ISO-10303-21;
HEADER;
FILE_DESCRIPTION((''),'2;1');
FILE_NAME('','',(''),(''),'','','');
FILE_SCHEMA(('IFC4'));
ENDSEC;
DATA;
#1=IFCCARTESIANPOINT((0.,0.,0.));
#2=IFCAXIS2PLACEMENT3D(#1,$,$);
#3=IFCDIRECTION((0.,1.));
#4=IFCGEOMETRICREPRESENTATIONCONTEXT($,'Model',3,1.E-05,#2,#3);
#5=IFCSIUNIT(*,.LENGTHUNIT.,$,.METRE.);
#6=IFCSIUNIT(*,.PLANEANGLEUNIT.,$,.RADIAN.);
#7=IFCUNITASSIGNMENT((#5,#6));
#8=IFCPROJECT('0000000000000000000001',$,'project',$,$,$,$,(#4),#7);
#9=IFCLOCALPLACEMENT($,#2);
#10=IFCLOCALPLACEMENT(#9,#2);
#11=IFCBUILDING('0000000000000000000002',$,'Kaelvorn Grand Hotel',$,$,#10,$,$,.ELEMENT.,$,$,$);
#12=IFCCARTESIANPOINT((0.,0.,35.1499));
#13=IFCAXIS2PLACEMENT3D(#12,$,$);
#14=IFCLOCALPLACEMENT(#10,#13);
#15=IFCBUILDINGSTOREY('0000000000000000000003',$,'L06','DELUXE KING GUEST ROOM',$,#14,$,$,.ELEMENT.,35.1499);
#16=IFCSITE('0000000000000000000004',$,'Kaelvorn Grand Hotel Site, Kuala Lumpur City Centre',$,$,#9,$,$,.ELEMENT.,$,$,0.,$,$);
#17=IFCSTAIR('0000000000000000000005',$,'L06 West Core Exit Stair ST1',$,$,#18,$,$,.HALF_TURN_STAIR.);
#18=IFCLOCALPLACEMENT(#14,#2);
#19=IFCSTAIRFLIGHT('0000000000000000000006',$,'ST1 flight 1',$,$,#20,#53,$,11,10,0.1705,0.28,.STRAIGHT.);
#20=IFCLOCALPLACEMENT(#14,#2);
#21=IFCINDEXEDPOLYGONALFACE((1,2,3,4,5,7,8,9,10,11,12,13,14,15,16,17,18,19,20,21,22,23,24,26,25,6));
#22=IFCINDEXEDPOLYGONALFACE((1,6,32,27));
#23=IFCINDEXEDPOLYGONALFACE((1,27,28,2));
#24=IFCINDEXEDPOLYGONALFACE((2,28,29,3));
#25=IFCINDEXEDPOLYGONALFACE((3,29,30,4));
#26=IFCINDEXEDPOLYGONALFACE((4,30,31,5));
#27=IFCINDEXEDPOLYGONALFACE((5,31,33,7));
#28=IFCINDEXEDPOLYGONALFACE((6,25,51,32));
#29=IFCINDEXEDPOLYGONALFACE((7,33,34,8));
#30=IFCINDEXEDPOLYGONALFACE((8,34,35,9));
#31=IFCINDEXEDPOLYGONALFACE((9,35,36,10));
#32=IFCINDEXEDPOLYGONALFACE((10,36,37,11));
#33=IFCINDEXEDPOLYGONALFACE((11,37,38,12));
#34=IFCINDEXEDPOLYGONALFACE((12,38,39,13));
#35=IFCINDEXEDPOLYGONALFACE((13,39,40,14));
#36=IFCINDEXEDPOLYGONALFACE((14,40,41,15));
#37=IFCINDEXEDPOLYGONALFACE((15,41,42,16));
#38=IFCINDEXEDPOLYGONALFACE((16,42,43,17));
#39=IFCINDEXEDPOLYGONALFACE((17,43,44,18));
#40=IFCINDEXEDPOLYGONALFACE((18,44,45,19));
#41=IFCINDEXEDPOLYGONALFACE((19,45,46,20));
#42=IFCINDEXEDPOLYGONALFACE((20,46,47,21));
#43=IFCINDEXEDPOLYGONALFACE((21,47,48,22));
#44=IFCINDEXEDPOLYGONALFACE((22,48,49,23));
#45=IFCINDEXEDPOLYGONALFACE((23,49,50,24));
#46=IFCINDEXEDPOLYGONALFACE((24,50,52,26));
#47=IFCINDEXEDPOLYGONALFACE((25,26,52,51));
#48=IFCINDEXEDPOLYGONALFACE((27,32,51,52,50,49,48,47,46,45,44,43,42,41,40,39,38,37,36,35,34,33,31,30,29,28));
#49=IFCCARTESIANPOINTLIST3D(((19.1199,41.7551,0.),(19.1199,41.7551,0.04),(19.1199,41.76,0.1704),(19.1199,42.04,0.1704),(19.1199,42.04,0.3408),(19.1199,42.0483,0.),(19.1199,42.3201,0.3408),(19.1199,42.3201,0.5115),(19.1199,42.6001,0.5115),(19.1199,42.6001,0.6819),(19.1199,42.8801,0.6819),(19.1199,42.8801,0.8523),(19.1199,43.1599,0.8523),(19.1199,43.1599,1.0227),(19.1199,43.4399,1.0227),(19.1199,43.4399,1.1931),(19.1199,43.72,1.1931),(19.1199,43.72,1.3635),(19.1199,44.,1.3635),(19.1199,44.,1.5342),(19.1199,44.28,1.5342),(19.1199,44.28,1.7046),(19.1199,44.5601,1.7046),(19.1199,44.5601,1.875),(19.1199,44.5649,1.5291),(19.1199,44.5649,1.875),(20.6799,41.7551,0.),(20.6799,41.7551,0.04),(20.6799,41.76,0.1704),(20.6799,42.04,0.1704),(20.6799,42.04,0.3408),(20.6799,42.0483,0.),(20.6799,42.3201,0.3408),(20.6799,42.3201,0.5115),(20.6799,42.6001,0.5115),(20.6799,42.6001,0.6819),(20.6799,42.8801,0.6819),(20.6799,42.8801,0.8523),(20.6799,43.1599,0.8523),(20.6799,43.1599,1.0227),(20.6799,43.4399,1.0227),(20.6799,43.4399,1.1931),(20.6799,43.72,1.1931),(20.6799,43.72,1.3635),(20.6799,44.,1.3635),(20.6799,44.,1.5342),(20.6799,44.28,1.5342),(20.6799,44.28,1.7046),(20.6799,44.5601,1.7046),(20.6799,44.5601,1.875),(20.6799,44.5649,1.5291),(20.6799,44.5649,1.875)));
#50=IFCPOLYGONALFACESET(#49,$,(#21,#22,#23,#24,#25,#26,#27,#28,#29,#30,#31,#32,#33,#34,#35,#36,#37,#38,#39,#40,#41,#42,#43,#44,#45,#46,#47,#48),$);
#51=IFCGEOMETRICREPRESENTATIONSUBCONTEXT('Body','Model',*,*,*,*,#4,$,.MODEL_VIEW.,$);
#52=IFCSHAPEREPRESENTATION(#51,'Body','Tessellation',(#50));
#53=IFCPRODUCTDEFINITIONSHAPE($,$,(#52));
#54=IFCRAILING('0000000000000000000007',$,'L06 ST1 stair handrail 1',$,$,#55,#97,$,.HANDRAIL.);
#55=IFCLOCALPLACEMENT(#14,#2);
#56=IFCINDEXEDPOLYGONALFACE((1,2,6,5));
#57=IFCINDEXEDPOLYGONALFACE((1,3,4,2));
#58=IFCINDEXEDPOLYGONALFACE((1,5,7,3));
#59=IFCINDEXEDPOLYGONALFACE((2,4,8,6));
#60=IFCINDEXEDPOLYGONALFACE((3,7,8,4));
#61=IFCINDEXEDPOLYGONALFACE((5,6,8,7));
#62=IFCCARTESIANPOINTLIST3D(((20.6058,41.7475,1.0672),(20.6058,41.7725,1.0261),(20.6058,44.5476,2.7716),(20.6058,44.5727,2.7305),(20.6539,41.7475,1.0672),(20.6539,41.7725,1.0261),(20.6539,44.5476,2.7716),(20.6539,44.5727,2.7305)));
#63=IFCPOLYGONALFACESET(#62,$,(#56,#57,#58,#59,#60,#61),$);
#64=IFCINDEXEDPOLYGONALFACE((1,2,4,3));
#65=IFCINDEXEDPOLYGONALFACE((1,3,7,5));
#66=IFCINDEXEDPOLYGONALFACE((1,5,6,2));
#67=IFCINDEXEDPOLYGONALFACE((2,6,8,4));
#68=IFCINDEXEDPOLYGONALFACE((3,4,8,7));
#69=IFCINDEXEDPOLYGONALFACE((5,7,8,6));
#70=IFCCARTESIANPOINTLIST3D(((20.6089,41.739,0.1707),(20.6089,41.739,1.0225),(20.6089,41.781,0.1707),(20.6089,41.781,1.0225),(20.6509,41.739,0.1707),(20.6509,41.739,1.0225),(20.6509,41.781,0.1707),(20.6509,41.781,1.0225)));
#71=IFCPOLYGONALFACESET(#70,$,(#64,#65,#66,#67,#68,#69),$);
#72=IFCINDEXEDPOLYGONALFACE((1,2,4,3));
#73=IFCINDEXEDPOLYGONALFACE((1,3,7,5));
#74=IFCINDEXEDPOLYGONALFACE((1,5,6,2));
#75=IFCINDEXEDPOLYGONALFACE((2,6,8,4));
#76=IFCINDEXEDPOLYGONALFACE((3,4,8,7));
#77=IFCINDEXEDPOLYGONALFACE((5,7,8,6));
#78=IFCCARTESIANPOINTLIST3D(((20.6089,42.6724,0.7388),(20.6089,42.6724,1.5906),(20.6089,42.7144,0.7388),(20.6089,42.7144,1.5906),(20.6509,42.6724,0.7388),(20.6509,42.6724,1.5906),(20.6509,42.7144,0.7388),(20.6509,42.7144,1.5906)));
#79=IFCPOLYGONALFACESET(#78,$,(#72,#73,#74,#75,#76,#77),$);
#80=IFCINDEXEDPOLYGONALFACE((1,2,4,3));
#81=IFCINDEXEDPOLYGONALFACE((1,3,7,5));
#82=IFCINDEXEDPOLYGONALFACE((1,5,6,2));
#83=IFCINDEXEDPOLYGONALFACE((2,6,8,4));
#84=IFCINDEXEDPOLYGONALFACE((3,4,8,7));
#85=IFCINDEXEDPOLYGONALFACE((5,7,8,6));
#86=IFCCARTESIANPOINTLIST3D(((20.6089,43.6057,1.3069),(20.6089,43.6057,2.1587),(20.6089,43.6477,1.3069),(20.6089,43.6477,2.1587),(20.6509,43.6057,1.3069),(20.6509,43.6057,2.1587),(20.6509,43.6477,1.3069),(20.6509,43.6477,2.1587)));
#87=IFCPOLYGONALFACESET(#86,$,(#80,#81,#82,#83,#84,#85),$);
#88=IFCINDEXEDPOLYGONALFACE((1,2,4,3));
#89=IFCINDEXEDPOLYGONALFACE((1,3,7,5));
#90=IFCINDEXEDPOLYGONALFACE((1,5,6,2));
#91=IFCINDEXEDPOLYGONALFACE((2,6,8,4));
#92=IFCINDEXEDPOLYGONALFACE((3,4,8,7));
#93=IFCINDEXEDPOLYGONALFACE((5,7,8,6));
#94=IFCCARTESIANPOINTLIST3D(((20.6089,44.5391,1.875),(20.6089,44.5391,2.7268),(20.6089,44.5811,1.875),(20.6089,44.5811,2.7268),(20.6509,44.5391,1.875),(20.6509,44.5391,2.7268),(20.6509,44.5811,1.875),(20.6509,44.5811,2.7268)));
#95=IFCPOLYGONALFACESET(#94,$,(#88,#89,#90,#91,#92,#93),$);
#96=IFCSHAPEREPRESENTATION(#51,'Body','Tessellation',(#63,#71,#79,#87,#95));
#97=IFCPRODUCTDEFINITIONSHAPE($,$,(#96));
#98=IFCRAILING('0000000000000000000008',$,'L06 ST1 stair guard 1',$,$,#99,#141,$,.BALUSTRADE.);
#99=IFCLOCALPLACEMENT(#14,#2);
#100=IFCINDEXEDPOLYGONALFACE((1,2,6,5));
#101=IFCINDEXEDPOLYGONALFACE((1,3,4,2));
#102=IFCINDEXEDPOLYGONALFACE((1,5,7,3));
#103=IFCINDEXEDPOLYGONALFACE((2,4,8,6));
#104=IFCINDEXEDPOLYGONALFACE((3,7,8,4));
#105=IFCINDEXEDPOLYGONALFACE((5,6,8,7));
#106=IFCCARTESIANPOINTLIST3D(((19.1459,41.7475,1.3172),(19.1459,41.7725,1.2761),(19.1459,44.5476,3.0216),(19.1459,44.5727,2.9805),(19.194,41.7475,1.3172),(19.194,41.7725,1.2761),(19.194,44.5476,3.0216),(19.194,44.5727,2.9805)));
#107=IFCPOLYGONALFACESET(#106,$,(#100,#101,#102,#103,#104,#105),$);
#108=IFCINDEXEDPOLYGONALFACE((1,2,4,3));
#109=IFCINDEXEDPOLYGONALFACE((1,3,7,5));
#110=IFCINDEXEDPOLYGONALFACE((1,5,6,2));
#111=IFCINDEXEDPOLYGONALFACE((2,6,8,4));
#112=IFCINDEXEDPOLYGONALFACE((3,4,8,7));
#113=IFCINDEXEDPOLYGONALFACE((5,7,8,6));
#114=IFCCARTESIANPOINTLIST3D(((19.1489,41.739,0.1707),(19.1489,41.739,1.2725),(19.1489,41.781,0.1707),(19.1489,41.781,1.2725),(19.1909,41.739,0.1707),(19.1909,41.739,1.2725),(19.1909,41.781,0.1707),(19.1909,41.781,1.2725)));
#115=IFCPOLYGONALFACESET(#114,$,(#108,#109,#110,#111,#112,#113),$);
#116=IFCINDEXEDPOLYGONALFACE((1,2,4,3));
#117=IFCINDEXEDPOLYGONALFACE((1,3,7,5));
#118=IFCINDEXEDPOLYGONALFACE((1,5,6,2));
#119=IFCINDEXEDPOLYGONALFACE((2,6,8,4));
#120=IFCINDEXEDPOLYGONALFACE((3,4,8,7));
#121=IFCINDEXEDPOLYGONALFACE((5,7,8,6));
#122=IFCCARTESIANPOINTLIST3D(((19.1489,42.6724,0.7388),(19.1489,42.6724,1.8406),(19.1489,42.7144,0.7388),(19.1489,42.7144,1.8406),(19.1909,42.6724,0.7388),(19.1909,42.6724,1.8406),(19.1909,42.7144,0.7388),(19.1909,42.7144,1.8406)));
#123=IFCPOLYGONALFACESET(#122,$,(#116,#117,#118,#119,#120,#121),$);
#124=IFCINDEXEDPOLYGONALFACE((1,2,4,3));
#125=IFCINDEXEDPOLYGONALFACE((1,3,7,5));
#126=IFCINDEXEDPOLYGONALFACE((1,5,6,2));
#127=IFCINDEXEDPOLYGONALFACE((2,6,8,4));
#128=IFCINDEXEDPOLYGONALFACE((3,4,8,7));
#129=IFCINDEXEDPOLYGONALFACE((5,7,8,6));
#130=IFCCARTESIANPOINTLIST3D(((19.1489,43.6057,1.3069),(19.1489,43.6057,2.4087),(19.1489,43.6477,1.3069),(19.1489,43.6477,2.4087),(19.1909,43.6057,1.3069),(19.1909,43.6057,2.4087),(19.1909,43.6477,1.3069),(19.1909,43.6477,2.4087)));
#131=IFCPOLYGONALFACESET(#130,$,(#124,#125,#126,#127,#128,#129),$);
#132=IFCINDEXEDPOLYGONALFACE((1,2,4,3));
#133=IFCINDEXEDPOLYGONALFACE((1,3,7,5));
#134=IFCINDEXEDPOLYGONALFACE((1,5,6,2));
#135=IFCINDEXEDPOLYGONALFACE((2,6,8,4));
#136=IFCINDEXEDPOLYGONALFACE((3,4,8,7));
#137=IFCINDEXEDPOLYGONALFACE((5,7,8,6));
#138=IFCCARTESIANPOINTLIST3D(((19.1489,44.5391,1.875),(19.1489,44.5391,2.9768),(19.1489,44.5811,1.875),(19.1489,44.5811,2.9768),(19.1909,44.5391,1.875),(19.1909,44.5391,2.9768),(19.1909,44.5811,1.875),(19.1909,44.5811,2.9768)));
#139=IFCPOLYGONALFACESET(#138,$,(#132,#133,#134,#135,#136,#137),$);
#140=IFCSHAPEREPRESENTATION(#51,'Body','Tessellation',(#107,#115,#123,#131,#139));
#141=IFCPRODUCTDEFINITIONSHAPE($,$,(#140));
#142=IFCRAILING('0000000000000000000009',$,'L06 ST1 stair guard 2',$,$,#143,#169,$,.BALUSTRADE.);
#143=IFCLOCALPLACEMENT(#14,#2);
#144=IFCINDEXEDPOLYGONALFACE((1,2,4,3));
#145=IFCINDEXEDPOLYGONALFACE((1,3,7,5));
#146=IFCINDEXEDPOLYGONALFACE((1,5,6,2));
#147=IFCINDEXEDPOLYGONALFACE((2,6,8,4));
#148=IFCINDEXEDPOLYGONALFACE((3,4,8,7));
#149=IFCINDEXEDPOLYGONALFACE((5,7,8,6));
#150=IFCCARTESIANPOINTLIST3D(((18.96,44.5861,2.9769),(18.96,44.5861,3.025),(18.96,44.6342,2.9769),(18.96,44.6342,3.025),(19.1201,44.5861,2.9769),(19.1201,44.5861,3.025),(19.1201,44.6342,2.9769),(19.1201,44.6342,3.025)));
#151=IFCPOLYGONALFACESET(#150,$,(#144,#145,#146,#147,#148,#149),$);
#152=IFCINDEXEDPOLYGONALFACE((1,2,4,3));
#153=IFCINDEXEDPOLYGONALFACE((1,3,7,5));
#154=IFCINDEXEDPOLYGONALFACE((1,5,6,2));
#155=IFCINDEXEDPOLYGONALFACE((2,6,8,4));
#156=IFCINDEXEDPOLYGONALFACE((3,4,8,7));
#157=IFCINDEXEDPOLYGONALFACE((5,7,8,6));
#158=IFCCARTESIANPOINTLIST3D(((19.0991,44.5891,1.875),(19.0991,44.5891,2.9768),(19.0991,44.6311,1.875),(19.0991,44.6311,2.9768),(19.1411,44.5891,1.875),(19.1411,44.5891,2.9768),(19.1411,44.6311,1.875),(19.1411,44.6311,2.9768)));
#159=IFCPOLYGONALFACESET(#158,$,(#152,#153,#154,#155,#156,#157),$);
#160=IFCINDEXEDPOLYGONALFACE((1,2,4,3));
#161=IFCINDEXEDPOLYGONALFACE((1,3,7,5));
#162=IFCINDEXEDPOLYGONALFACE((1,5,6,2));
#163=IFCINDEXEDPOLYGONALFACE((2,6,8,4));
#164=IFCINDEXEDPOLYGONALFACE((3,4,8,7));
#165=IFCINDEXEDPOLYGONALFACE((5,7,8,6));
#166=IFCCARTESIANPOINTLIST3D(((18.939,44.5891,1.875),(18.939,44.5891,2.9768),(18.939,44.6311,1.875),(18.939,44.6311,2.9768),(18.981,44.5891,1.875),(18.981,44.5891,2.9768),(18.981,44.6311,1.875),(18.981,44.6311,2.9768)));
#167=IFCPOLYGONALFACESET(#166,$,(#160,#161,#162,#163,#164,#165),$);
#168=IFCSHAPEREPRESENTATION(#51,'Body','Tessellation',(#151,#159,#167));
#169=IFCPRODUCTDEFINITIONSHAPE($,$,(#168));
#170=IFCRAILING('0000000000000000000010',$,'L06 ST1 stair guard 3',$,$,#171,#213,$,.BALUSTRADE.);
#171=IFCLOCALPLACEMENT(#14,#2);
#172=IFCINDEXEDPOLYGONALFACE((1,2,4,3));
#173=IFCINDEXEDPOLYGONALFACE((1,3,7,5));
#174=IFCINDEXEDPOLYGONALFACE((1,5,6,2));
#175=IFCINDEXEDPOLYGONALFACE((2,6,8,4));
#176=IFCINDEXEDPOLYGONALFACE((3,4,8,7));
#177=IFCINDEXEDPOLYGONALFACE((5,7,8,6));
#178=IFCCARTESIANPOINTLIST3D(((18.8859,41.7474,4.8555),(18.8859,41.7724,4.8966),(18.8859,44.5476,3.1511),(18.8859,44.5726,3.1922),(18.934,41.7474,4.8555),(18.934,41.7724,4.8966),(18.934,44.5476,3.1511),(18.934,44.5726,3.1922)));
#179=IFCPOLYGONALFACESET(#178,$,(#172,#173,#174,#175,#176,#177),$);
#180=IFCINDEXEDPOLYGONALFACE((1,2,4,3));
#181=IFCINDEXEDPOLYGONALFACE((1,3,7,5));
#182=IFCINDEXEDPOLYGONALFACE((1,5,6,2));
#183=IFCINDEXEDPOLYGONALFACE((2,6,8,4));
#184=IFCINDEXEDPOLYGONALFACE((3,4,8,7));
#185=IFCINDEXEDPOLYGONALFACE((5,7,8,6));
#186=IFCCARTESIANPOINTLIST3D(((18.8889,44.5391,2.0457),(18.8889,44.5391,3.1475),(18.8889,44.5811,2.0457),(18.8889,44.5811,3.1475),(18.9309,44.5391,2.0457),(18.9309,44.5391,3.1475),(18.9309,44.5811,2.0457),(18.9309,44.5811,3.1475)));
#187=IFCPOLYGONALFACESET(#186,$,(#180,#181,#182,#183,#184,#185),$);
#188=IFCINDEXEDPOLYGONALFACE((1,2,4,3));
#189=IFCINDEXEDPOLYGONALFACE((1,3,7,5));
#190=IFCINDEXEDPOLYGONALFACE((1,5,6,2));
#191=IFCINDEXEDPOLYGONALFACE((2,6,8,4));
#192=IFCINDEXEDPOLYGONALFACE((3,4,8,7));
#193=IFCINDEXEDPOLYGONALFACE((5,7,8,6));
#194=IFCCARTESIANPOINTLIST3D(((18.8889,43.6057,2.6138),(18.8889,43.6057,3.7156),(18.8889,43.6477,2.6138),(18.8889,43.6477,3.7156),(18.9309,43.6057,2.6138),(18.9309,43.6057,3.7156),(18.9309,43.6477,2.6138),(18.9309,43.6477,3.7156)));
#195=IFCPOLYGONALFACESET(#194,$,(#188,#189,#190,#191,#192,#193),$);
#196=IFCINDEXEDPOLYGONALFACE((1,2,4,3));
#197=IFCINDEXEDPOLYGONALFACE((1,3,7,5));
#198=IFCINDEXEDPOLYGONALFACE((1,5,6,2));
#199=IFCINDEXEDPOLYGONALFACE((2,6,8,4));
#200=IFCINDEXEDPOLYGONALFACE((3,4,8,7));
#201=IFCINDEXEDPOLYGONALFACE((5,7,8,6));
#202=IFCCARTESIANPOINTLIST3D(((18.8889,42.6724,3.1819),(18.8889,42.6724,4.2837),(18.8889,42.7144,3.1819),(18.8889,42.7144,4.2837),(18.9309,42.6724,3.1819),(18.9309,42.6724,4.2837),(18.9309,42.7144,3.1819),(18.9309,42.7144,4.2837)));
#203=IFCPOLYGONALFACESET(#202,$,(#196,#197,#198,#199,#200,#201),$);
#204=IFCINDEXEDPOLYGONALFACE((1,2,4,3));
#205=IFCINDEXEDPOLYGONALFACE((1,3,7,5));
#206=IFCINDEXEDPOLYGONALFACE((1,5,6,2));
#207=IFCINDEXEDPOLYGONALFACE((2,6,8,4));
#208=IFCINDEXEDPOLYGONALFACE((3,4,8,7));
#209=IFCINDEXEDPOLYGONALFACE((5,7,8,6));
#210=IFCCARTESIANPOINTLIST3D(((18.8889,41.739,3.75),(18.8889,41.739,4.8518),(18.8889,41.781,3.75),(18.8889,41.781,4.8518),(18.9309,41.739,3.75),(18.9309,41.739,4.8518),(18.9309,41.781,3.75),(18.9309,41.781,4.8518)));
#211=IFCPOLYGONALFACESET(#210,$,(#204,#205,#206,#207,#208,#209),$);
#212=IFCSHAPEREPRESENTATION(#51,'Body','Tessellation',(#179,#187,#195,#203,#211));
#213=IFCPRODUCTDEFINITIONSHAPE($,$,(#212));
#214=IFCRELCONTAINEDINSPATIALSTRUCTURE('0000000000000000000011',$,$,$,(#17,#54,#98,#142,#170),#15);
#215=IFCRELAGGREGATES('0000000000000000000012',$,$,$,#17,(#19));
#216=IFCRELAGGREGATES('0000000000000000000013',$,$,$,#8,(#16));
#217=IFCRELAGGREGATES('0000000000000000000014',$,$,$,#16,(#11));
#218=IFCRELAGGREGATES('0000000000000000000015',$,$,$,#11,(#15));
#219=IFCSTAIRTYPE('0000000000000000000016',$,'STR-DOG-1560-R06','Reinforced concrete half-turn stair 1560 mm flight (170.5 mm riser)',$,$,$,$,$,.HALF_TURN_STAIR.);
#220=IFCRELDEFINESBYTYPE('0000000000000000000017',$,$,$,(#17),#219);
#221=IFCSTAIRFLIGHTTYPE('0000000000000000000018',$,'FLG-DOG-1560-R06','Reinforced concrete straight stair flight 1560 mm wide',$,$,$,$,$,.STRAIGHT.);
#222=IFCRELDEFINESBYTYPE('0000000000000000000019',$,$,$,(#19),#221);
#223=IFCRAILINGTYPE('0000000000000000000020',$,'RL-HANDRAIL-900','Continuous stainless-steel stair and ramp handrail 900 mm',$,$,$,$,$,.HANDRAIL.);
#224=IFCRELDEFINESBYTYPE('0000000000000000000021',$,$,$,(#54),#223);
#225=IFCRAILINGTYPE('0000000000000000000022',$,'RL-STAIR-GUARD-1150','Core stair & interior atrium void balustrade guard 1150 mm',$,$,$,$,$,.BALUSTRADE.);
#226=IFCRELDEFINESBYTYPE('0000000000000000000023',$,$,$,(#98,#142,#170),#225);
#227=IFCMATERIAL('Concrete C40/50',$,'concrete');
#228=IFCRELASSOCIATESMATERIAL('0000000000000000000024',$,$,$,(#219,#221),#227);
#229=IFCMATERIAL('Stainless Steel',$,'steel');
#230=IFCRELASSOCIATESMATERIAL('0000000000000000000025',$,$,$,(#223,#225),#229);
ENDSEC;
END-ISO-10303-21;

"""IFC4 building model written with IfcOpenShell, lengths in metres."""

from ifc_helpers import new_model, si_unit, direction, frame, origin, origin_2d, place, context, subcontext, project, spatial, polyline, rectangle, outline, extrude, material, type_object, element, aggregate, save


model = new_model("IFC4")

# Units and contexts
model_context = context("Model", 3, precision=1e-05, world=origin(), true_north=direction((0.0, 1.0)))
body_context = subcontext(model_context, "Body", "Model", "MODEL_VIEW")
ifc_project = project(units=[si_unit("LENGTHUNIT", "METRE"), si_unit("PLANEANGLEUNIT", "RADIAN")], contexts=[model_context])

# Site, building, storey
site_placement = place(None, origin())
site = spatial("IfcSite", under=ifc_project, at=site_placement, Name="Kaelvorn Grand Hotel Site, Kuala Lumpur City Centre", CompositionType="ELEMENT", RefElevation=0.0)
building_placement = place(site_placement, origin())
building = spatial("IfcBuilding", under=site, at=building_placement, Name="Kaelvorn Grand Hotel", CompositionType="ELEMENT")
storey_placement = place(building_placement, frame((0.0, 0.0, 35.1499)))
storey = spatial("IfcBuildingStorey", under=building, at=storey_placement, Name="L06", Description="DELUXE KING GUEST ROOM", CompositionType="ELEMENT", Elevation=35.1499)

# Shared definitions
ifc_material_1 = material(Name="Concrete C40/50", Category="concrete")

# Shared definitions
ifc_material_2 = material(Name="Stainless Steel", Category="steel")

# Stair, stair flight
stair_type = type_object("IfcStairType", Name="STR-DOG-1560-R06", Description="Reinforced concrete half-turn stair 1560 mm flight (170.5 mm riser)", PredefinedType="HALF_TURN_STAIR", material=ifc_material_1)
stair_placement = place(storey_placement, origin())
stair = element("IfcStair", 1, at=stair_placement, inside=storey, type_object=stair_type, Name="L06 West Core Exit Stair ST1", PredefinedType="HALF_TURN_STAIR")
stair_flight_type = type_object("IfcStairFlightType", Name="FLG-DOG-1560-R06", Description="Reinforced concrete straight stair flight 1560 mm wide", PredefinedType="STRAIGHT", material=ifc_material_1)
stair_flight_placement = place(storey_placement, frame((19.8999, 41.76, 0.0), z_axis=(0.0, 0.0, 1.0), x_axis=(0.0, 1.0, 0.0)))
stair_flight = element("IfcStairFlight", 2, at=stair_flight_placement, type_object=stair_flight_type, Name="ST1 flight 1", NumberOfRisers=11, NumberOfTreads=10, PredefinedType="STRAIGHT", RiserHeight=0.1705, TreadLength=0.28, context=body_context, shape_type="SweptSolid", body=[
    extrude(outline(polyline([(-0.0049, 0.0), (-0.0049, 0.04), (0.0, 0.1704), (0.28, 0.1704), (0.28, 0.3408), (0.5601, 0.3408), (0.5601, 0.5115), (0.8401, 0.5115), (0.8401, 0.6819), (1.1201, 0.6819), (1.1201, 0.8523), (1.3999, 0.8523), (1.3999, 1.0227), (1.6799, 1.0227), (1.6799, 1.1931), (1.96, 1.1931), (1.96, 1.3635), (2.24, 1.3635), (2.24, 1.5342), (2.52, 1.5342), (2.52, 1.7046), (2.8, 1.7046), (2.8, 1.875), (2.8049, 1.875), (2.8049, 1.5291), (0.2883, 0.0), (-0.0049, 0.0)])), frame((0.0, 0.78, 0.0), z_axis=(0.0, -1.0, 0.0), x_axis=(1.0, 0.0, 0.0)), (0.0, 0.0, 1.0), 1.5601),
])
aggregate(stair, [stair_flight])

# Railings
railing_type_1 = type_object("IfcRailingType", Name="RL-HANDRAIL-900", Description="Continuous stainless-steel stair and ramp handrail 900 mm", PredefinedType="HANDRAIL", material=ifc_material_2)
railing_1_placement = place(storey_placement, frame((20.6299, 41.76, 0.1707)))
element("IfcRailing", 3, at=railing_1_placement, inside=storey, type_object=railing_type_1, Name="L06 ST1 stair handrail 1", PredefinedType="HANDRAIL", context=body_context, shape_type="SweptSolid", body=[
    extrude(rectangle(XDim=0.0481, YDim=0.0481, at=origin_2d()), frame((0.0, 0.0, 0.876), z_axis=(0.0, 0.854203, 0.51994), x_axis=(-1.0, 0.0, 0.0)), (0.0, 0.0, 1.0), 3.2781),
    extrude(rectangle(XDim=0.042, YDim=0.042, at=origin_2d()), origin(), (0.0, 0.0, 1.0), 0.8518),
    extrude(rectangle(XDim=0.042, YDim=0.042, at=origin_2d()), frame((0.0, 0.9333, 0.5681)), (0.0, 0.0, 1.0), 0.8518),
    extrude(rectangle(XDim=0.042, YDim=0.042, at=origin_2d()), frame((0.0, 1.8667, 1.1362)), (0.0, 0.0, 1.0), 0.8518),
    extrude(rectangle(XDim=0.042, YDim=0.042, at=origin_2d()), frame((0.0, 2.8, 1.7043)), (0.0, 0.0, 1.0), 0.8518),
])
railing_type_2 = type_object("IfcRailingType", Name="RL-STAIR-GUARD-1150", Description="Core stair & interior atrium void balustrade guard 1150 mm", PredefinedType="BALUSTRADE", material=ifc_material_2)
railing_2_placement = place(storey_placement, frame((19.1699, 41.76, 0.1707)))
element("IfcRailing", 4, at=railing_2_placement, inside=storey, type_object=railing_type_2, Name="L06 ST1 stair guard 1", PredefinedType="BALUSTRADE", context=body_context, shape_type="SweptSolid", body=[
    extrude(rectangle(XDim=0.0481, YDim=0.0481, at=origin_2d()), frame((0.0, 0.0, 1.126), z_axis=(0.0, 0.854203, 0.51994), x_axis=(-1.0, 0.0, 0.0)), (0.0, 0.0, 1.0), 3.2781),
    extrude(rectangle(XDim=0.042, YDim=0.042, at=origin_2d()), origin(), (0.0, 0.0, 1.0), 1.1018),
    extrude(rectangle(XDim=0.042, YDim=0.042, at=origin_2d()), frame((0.0, 0.9333, 0.5681)), (0.0, 0.0, 1.0), 1.1018),
    extrude(rectangle(XDim=0.042, YDim=0.042, at=origin_2d()), frame((0.0, 1.8667, 1.1362)), (0.0, 0.0, 1.0), 1.1018),
    extrude(rectangle(XDim=0.042, YDim=0.042, at=origin_2d()), frame((0.0, 2.8, 1.7043)), (0.0, 0.0, 1.0), 1.1018),
])
railing_3_placement = place(storey_placement, frame((19.1201, 44.6101, 1.875)))
element("IfcRailing", 5, at=railing_3_placement, inside=storey, type_object=railing_type_2, Name="L06 ST1 stair guard 2", PredefinedType="BALUSTRADE", context=body_context, shape_type="SweptSolid", body=[
    extrude(rectangle(XDim=0.0481, YDim=0.0481, at=origin_2d()), frame((0.0, 0.0, 1.126), z_axis=(-1.0, 0.0, 0.0), x_axis=(0.0, -1.0, 0.0)), (0.0, 0.0, 1.0), 0.1602),
    extrude(rectangle(XDim=0.042, YDim=0.042, at=origin_2d()), origin(), (0.0, 0.0, 1.0), 1.1018),
    extrude(rectangle(XDim=0.042, YDim=0.042, at=origin_2d()), frame((-0.1602, 0.0, 0.0)), (0.0, 0.0, 1.0), 1.1018),
])
railing_4_placement = place(storey_placement, frame((18.9099, 44.5601, 2.0457)))
element("IfcRailing", 6, at=railing_4_placement, inside=storey, type_object=railing_type_2, Name="L06 ST1 stair guard 3", PredefinedType="BALUSTRADE", context=body_context, shape_type="SweptSolid", body=[
    extrude(rectangle(XDim=0.0481, YDim=0.0481, at=origin_2d()), frame((0.0, 0.0, 1.126), z_axis=(0.0, -0.854203, 0.51994), x_axis=(1.0, 0.0, 0.0)), (0.0, 0.0, 1.0), 3.2781),
    extrude(rectangle(XDim=0.042, YDim=0.042, at=origin_2d()), origin(), (0.0, 0.0, 1.0), 1.1018),
    extrude(rectangle(XDim=0.042, YDim=0.042, at=origin_2d()), frame((0.0, -0.9333, 0.5681)), (0.0, 0.0, 1.0), 1.1018),
    extrude(rectangle(XDim=0.042, YDim=0.042, at=origin_2d()), frame((0.0, -1.8667, 1.1362)), (0.0, 0.0, 1.0), 1.1018),
    extrude(rectangle(XDim=0.042, YDim=0.042, at=origin_2d()), frame((0.0, -2.8, 1.7043)), (0.0, 0.0, 1.0), 1.1018),
])

save(model, "model.ifc")
